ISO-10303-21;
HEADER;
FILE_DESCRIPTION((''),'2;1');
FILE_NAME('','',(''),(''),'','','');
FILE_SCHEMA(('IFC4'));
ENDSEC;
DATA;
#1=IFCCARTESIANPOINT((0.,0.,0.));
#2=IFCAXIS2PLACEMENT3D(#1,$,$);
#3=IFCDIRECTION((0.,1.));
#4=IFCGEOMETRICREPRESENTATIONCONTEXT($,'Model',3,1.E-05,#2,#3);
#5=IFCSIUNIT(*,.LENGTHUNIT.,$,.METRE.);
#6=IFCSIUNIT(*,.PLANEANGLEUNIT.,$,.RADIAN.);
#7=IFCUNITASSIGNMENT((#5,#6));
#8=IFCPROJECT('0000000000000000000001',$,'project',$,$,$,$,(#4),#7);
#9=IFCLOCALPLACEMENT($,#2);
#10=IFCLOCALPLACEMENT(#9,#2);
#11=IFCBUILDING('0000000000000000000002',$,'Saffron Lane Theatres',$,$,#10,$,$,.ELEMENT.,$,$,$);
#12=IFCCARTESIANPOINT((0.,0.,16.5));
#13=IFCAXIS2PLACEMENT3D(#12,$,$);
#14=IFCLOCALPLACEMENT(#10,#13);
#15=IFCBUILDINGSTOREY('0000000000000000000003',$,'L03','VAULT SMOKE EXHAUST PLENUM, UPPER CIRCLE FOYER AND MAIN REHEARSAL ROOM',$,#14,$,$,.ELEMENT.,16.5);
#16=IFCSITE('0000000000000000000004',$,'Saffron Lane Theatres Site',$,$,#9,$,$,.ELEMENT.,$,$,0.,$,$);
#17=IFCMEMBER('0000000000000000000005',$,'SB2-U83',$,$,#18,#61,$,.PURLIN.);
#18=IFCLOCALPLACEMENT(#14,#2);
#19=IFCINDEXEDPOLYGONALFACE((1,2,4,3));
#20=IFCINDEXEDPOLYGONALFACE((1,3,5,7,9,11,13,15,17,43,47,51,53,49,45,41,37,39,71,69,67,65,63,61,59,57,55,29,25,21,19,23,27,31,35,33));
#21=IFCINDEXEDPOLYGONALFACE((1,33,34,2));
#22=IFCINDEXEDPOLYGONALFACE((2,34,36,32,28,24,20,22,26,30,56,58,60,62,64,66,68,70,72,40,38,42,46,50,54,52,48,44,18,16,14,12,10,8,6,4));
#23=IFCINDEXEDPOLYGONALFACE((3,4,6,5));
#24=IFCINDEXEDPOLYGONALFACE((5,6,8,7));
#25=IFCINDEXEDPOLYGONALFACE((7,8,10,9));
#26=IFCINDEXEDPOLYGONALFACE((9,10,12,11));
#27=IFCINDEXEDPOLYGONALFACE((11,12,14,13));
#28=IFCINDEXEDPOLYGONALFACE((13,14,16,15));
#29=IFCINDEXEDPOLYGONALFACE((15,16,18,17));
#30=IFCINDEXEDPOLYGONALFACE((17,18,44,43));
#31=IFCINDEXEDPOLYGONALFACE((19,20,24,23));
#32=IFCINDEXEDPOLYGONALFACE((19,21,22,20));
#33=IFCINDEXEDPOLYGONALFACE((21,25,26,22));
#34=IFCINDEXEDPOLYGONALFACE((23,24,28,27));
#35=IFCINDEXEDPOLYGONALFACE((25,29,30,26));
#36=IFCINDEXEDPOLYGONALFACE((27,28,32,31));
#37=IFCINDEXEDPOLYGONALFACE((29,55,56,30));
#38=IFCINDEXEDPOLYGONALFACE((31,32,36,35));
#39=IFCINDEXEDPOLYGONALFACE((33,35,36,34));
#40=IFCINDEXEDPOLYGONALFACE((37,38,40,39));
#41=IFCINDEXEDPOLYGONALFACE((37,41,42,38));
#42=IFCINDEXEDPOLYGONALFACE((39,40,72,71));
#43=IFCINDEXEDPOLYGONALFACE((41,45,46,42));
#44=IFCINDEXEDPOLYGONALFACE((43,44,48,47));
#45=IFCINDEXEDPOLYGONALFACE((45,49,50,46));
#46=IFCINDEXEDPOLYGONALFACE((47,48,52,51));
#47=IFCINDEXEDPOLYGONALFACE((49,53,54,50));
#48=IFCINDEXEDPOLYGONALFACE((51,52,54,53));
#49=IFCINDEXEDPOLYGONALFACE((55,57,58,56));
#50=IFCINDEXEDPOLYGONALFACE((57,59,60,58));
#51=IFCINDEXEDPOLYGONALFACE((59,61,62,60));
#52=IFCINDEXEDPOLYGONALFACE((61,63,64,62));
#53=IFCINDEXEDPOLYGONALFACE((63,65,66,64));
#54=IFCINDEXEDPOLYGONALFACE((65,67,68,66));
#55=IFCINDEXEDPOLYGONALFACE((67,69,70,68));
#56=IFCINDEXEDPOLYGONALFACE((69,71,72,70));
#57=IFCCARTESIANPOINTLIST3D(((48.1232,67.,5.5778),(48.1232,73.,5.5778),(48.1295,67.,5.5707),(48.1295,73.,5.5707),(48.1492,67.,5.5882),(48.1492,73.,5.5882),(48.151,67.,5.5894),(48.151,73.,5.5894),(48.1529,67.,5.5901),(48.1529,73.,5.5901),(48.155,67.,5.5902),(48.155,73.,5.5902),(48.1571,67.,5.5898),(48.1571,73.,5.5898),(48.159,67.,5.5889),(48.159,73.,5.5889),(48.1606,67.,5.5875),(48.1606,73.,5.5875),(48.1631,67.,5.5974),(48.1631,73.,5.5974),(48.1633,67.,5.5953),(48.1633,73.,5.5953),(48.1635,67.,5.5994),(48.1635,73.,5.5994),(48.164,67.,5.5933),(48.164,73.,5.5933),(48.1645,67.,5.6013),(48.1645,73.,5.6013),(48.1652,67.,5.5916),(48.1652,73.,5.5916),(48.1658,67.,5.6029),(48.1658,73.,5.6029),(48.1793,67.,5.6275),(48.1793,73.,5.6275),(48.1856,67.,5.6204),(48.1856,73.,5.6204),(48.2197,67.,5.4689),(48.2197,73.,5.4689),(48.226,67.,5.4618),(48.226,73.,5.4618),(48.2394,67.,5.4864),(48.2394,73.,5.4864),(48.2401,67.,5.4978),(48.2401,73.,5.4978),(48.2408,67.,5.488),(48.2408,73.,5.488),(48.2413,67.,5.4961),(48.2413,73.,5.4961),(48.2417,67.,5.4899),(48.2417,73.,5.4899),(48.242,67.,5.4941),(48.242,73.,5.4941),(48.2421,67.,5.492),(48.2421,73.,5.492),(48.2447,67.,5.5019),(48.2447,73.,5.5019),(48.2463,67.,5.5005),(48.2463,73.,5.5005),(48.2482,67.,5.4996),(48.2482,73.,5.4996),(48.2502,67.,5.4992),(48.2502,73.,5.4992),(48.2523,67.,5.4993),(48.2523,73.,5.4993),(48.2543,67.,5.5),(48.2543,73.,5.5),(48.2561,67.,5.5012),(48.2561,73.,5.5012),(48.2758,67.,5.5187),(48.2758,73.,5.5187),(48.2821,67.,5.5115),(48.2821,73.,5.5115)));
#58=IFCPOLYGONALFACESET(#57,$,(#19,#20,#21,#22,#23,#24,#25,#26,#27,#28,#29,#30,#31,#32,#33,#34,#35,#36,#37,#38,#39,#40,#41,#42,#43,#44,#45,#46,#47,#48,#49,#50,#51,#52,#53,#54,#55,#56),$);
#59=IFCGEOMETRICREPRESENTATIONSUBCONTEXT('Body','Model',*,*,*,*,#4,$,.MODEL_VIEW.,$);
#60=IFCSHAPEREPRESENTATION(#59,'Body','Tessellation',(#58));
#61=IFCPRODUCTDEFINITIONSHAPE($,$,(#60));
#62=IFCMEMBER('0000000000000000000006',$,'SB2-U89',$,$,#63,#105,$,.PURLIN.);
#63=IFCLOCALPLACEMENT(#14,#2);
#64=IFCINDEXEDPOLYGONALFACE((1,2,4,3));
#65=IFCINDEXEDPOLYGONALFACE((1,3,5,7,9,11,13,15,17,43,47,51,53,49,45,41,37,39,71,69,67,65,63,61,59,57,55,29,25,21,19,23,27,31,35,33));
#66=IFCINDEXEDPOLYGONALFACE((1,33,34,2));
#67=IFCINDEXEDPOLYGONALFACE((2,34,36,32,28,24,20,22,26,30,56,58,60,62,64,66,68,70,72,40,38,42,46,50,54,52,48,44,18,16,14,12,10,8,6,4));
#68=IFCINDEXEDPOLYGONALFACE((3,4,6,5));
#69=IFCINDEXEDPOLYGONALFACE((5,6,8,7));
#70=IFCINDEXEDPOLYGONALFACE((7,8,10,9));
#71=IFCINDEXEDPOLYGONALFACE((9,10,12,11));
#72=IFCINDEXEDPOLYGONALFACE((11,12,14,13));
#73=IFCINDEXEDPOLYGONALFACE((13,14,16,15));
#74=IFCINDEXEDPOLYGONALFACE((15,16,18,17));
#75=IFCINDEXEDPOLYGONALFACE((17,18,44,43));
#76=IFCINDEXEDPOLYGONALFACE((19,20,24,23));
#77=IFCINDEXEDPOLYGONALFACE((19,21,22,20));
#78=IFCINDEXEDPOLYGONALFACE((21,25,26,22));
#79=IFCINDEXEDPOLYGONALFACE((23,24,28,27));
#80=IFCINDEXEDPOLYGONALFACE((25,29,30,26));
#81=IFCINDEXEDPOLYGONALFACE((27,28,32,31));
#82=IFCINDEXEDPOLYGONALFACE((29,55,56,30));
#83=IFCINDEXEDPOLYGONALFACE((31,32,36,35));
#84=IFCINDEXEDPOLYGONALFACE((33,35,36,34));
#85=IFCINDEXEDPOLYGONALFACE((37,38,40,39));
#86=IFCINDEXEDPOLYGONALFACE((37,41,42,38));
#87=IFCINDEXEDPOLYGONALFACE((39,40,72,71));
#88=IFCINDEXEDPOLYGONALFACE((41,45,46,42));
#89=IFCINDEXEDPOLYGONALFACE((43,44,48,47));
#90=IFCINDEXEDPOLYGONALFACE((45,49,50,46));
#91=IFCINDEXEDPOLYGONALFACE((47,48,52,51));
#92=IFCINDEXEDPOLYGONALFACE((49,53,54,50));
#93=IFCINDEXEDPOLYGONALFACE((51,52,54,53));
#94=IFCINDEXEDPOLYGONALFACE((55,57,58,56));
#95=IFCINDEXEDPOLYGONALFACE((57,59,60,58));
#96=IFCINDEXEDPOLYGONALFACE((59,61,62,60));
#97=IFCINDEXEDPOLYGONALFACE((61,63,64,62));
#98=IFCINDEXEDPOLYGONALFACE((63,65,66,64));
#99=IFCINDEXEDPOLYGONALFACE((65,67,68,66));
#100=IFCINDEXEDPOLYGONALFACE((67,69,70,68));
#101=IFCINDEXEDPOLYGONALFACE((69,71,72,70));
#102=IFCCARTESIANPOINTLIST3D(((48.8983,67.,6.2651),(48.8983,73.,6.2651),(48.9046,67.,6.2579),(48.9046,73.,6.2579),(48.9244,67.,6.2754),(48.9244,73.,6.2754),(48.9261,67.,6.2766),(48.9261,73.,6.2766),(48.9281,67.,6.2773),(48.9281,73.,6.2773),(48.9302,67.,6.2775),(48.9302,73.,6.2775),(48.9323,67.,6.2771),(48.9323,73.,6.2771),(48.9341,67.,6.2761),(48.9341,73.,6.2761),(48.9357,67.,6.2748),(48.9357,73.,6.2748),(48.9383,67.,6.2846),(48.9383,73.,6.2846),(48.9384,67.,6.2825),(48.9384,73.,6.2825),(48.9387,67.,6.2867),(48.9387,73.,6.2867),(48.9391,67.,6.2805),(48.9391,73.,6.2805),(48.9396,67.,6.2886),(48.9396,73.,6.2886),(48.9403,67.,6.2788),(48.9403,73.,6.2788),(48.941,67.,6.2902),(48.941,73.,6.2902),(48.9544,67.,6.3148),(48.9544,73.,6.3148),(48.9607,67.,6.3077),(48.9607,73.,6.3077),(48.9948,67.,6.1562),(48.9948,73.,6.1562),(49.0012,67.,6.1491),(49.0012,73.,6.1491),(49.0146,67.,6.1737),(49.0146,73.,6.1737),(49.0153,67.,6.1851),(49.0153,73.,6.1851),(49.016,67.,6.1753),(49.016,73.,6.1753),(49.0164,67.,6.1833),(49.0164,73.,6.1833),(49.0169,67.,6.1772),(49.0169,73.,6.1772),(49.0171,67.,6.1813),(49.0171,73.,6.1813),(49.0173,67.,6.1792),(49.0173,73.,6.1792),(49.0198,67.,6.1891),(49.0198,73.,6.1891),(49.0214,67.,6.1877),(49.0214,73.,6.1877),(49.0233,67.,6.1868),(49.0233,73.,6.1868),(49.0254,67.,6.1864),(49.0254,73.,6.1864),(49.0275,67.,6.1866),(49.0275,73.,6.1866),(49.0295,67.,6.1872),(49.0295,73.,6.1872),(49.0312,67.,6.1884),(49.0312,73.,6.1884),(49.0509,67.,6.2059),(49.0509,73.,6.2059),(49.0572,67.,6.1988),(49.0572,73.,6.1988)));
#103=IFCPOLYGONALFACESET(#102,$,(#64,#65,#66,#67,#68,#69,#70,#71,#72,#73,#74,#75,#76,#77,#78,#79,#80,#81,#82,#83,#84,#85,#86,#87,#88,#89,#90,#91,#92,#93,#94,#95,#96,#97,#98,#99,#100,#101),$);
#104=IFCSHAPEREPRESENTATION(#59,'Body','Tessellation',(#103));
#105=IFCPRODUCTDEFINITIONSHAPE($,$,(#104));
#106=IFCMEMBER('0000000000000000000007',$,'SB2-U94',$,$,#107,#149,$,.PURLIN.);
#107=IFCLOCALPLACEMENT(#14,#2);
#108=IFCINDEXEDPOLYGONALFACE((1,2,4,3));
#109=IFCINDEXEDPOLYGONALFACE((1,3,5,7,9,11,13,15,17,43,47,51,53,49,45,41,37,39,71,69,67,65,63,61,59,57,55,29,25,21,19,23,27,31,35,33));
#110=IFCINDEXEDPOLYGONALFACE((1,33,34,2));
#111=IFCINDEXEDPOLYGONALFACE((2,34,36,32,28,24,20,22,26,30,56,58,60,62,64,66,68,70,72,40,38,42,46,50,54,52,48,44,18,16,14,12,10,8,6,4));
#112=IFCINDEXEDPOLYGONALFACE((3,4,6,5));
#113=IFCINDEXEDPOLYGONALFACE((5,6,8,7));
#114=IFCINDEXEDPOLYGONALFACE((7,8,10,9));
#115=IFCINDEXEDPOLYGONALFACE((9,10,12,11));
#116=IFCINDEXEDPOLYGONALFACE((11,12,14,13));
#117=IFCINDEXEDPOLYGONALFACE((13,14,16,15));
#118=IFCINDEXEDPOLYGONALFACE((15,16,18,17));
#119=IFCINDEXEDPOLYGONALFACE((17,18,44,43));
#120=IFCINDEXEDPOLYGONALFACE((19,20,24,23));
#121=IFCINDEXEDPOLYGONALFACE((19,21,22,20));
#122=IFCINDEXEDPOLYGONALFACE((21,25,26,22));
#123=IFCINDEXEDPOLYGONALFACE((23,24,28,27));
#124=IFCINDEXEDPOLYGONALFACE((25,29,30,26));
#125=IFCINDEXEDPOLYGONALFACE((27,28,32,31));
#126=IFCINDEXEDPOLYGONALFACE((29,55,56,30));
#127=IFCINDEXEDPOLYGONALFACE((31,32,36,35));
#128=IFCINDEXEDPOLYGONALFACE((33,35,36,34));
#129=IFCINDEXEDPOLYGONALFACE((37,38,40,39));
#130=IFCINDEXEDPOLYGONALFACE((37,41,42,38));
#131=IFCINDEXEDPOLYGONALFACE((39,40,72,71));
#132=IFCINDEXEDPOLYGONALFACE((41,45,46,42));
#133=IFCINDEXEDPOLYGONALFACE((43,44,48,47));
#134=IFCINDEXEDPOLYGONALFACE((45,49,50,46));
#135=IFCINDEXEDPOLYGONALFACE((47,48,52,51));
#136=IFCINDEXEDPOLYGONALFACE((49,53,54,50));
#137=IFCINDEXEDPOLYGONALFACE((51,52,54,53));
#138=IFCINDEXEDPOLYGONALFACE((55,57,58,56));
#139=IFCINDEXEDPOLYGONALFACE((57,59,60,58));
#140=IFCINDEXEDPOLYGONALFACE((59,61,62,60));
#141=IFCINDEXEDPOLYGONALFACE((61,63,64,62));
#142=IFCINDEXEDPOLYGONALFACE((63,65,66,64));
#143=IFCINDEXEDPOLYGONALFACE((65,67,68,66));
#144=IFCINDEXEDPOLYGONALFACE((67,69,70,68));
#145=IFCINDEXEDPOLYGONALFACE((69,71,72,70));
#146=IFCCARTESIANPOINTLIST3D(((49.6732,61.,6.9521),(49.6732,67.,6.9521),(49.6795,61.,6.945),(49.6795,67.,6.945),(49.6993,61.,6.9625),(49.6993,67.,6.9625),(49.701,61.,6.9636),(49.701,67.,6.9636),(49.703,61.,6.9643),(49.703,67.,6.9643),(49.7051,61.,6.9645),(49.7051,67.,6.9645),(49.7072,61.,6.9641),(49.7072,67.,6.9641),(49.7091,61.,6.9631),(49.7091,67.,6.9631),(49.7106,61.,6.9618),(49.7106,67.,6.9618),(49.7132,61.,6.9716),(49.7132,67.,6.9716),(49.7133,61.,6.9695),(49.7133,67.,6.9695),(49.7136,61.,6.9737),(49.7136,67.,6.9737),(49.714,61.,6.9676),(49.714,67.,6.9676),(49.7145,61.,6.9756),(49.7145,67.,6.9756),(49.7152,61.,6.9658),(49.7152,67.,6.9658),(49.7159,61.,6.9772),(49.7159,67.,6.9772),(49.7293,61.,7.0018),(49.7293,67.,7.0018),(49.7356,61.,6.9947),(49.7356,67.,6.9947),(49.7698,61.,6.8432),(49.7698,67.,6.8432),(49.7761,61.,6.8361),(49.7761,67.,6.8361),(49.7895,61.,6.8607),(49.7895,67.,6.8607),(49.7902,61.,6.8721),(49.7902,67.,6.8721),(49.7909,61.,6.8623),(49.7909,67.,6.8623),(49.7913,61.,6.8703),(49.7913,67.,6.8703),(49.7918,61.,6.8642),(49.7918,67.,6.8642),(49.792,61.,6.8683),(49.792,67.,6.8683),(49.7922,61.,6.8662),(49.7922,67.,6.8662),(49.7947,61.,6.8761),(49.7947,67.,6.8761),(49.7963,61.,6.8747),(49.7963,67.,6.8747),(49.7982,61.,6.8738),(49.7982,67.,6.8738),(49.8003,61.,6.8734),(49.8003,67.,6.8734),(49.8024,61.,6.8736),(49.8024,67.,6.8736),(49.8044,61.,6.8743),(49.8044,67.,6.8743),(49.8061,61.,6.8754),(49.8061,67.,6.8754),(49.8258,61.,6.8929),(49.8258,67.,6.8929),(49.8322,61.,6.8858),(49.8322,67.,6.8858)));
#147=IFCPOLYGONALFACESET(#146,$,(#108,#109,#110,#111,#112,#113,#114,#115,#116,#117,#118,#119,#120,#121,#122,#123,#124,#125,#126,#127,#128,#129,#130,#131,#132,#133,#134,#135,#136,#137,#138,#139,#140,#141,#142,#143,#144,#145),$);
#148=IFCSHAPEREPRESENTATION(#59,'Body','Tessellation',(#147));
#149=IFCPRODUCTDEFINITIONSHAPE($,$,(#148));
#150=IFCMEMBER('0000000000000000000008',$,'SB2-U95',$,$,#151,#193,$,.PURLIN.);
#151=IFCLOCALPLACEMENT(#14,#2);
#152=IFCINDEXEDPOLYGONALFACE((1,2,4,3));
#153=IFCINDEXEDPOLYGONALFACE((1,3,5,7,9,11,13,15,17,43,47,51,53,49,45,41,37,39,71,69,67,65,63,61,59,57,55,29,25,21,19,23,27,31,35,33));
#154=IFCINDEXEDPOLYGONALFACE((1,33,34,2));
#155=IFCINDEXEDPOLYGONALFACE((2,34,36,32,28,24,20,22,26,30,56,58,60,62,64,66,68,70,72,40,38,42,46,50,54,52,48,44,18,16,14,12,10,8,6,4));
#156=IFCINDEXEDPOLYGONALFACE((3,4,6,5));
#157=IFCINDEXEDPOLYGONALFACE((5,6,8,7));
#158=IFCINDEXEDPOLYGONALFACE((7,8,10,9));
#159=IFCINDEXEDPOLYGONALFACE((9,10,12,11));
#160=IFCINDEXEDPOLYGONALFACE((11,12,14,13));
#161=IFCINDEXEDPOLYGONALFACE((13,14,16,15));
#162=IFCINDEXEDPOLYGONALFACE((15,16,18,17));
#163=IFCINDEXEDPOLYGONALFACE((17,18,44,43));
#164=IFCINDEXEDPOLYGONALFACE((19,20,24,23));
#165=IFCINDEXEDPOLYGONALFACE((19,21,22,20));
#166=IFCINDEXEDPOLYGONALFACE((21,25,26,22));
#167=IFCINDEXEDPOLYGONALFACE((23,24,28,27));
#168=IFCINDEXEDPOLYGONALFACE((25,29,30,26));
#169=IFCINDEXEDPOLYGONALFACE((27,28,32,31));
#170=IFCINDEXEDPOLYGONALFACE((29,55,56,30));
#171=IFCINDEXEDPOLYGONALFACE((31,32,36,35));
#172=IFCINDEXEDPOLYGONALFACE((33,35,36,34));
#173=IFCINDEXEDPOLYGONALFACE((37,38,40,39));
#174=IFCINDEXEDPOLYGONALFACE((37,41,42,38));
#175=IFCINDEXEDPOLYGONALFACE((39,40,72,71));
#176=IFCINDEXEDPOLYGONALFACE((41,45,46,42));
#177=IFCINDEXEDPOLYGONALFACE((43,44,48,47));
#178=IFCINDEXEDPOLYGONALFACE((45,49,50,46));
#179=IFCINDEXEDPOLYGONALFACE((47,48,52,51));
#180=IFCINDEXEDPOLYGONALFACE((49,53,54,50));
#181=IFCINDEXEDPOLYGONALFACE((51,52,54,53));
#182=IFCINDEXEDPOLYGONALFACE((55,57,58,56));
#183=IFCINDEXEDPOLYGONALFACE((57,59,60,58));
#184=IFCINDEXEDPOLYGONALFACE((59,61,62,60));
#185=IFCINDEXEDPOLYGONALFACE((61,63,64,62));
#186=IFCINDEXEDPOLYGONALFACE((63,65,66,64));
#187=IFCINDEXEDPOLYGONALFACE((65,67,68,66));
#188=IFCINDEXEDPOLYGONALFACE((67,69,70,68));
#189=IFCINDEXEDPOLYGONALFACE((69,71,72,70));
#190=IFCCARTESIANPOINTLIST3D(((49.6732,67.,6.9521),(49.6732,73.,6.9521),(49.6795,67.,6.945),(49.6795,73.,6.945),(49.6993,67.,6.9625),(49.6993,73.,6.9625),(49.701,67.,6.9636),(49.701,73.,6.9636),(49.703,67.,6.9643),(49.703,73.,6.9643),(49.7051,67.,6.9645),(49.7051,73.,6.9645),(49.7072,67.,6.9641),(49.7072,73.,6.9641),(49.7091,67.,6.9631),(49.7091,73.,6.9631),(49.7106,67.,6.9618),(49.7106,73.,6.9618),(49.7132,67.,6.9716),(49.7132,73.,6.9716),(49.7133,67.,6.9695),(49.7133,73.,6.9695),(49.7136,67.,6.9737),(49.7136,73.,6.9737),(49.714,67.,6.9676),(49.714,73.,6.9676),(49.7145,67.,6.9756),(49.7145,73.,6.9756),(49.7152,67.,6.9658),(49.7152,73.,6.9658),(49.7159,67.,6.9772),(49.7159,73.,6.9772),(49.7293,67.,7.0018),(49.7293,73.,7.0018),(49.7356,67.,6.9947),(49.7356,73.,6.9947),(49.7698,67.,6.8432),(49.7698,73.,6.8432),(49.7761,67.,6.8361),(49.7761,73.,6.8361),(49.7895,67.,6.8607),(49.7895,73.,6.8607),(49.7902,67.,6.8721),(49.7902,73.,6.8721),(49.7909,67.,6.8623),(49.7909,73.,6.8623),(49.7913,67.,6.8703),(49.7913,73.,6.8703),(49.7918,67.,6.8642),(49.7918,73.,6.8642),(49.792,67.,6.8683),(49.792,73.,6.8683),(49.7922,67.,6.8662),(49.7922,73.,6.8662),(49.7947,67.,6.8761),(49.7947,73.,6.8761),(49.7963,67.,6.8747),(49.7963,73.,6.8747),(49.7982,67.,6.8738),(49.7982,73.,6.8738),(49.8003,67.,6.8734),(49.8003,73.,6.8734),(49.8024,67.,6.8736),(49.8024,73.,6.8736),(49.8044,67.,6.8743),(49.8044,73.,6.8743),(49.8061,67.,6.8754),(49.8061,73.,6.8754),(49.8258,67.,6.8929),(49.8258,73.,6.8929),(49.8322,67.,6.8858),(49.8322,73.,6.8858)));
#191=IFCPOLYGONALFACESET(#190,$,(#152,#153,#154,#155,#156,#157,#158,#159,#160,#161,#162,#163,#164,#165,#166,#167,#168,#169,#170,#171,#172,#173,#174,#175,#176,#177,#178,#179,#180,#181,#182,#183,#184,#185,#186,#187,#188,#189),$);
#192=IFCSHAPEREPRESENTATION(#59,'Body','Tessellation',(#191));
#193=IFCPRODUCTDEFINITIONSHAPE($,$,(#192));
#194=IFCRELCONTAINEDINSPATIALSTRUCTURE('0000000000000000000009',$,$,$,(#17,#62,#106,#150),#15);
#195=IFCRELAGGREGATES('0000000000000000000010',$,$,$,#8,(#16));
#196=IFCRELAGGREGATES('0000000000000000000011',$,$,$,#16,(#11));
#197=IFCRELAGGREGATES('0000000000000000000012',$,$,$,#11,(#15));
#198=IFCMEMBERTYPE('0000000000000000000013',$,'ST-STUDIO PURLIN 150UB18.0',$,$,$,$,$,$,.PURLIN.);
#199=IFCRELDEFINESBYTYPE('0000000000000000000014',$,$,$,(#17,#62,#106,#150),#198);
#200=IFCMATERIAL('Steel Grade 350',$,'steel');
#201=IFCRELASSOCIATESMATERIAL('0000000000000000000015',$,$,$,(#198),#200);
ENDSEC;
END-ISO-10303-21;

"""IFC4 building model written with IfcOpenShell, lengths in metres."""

from ifc_helpers import new_model, si_unit, direction, frame, origin, origin_2d, place, context, subcontext, project, spatial, i_section, extrude, material, material_profile, profile_set, type_object, element, save


model = new_model("IFC4")

# Units and contexts
model_context = context("Model", 3, precision=1e-05, world=origin(), true_north=direction((0.0, 1.0)))
body_context = subcontext(model_context, "Body", "Model", "MODEL_VIEW")
ifc_project = project(units=[si_unit("LENGTHUNIT", "METRE"), si_unit("PLANEANGLEUNIT", "RADIAN")], contexts=[model_context])

# Site, building, storey
site_placement = place(None, origin())
site = spatial("IfcSite", under=ifc_project, at=site_placement, Name="Saffron Lane Theatres Site", CompositionType="ELEMENT", RefElevation=0.0)
building_placement = place(site_placement, origin())
building = spatial("IfcBuilding", under=site, at=building_placement, Name="Saffron Lane Theatres", CompositionType="ELEMENT")
storey_placement = place(building_placement, frame((0.0, 0.0, 16.5)))
storey = spatial("IfcBuildingStorey", under=building, at=storey_placement, Name="L03", Description="VAULT SMOKE EXHAUST PLENUM, UPPER CIRCLE FOYER AND MAIN REHEARSAL ROOM", CompositionType="ELEMENT", Elevation=16.5)

# Members
ifc_material_1 = material(Name="Steel Grade 350", Category="steel")
ifc_material_profile_1 = material_profile(ifc_material_1, i_section(OverallWidth=0.075, OverallDepth=0.155, WebThickness=0.0061, FlangeThickness=0.0095, FilletRadius=0.0081, at=origin_2d()))
ifc_profile_set_1 = profile_set([ifc_material_profile_1], Name="Steel Grade 350")
member_type_1 = type_object("IfcMemberType", Name="ST-STUDIO PURLIN 150UB18.0", PredefinedType="PURLIN", material=ifc_profile_set_1)
for number, where, z_axis, x_axis, name in (
    (1, (48.2026, 67.0, 5.5447), (0.0, 1.0, 0.0), (-0.748269, 0.0, -0.663396), "SB2-U83"),
    (2, (48.9778, 67.0, 6.2319), (0.0, 1.0, 0.0), (-0.748269, 0.0, -0.663396), "SB2-U89"),
    (3, (49.7527, 61.0, 6.9189), (0.0, 1.0, 0.0), (-0.748269, 0.0, -0.663396), "SB2-U94"),
    (4, (49.7527, 67.0, 6.9189), (0.0, 1.0, 0.0), (-0.748269, 0.0, -0.663396), "SB2-U95"),
):
    element("IfcMember", number, at=place(storey_placement, frame(where, z_axis=z_axis, x_axis=x_axis)), inside=storey, type_object=member_type_1, Name=name, PredefinedType="PURLIN", context=body_context, shape_type="SweptSolid", body=[
        extrude(i_section(OverallWidth=0.075, OverallDepth=0.155, WebThickness=0.0061, FlangeThickness=0.0095, FilletRadius=0.0081, at=origin_2d()), origin(), (0.0, 0.0, 1.0), 6.0),
    ])

save(model, "model.ifc")
